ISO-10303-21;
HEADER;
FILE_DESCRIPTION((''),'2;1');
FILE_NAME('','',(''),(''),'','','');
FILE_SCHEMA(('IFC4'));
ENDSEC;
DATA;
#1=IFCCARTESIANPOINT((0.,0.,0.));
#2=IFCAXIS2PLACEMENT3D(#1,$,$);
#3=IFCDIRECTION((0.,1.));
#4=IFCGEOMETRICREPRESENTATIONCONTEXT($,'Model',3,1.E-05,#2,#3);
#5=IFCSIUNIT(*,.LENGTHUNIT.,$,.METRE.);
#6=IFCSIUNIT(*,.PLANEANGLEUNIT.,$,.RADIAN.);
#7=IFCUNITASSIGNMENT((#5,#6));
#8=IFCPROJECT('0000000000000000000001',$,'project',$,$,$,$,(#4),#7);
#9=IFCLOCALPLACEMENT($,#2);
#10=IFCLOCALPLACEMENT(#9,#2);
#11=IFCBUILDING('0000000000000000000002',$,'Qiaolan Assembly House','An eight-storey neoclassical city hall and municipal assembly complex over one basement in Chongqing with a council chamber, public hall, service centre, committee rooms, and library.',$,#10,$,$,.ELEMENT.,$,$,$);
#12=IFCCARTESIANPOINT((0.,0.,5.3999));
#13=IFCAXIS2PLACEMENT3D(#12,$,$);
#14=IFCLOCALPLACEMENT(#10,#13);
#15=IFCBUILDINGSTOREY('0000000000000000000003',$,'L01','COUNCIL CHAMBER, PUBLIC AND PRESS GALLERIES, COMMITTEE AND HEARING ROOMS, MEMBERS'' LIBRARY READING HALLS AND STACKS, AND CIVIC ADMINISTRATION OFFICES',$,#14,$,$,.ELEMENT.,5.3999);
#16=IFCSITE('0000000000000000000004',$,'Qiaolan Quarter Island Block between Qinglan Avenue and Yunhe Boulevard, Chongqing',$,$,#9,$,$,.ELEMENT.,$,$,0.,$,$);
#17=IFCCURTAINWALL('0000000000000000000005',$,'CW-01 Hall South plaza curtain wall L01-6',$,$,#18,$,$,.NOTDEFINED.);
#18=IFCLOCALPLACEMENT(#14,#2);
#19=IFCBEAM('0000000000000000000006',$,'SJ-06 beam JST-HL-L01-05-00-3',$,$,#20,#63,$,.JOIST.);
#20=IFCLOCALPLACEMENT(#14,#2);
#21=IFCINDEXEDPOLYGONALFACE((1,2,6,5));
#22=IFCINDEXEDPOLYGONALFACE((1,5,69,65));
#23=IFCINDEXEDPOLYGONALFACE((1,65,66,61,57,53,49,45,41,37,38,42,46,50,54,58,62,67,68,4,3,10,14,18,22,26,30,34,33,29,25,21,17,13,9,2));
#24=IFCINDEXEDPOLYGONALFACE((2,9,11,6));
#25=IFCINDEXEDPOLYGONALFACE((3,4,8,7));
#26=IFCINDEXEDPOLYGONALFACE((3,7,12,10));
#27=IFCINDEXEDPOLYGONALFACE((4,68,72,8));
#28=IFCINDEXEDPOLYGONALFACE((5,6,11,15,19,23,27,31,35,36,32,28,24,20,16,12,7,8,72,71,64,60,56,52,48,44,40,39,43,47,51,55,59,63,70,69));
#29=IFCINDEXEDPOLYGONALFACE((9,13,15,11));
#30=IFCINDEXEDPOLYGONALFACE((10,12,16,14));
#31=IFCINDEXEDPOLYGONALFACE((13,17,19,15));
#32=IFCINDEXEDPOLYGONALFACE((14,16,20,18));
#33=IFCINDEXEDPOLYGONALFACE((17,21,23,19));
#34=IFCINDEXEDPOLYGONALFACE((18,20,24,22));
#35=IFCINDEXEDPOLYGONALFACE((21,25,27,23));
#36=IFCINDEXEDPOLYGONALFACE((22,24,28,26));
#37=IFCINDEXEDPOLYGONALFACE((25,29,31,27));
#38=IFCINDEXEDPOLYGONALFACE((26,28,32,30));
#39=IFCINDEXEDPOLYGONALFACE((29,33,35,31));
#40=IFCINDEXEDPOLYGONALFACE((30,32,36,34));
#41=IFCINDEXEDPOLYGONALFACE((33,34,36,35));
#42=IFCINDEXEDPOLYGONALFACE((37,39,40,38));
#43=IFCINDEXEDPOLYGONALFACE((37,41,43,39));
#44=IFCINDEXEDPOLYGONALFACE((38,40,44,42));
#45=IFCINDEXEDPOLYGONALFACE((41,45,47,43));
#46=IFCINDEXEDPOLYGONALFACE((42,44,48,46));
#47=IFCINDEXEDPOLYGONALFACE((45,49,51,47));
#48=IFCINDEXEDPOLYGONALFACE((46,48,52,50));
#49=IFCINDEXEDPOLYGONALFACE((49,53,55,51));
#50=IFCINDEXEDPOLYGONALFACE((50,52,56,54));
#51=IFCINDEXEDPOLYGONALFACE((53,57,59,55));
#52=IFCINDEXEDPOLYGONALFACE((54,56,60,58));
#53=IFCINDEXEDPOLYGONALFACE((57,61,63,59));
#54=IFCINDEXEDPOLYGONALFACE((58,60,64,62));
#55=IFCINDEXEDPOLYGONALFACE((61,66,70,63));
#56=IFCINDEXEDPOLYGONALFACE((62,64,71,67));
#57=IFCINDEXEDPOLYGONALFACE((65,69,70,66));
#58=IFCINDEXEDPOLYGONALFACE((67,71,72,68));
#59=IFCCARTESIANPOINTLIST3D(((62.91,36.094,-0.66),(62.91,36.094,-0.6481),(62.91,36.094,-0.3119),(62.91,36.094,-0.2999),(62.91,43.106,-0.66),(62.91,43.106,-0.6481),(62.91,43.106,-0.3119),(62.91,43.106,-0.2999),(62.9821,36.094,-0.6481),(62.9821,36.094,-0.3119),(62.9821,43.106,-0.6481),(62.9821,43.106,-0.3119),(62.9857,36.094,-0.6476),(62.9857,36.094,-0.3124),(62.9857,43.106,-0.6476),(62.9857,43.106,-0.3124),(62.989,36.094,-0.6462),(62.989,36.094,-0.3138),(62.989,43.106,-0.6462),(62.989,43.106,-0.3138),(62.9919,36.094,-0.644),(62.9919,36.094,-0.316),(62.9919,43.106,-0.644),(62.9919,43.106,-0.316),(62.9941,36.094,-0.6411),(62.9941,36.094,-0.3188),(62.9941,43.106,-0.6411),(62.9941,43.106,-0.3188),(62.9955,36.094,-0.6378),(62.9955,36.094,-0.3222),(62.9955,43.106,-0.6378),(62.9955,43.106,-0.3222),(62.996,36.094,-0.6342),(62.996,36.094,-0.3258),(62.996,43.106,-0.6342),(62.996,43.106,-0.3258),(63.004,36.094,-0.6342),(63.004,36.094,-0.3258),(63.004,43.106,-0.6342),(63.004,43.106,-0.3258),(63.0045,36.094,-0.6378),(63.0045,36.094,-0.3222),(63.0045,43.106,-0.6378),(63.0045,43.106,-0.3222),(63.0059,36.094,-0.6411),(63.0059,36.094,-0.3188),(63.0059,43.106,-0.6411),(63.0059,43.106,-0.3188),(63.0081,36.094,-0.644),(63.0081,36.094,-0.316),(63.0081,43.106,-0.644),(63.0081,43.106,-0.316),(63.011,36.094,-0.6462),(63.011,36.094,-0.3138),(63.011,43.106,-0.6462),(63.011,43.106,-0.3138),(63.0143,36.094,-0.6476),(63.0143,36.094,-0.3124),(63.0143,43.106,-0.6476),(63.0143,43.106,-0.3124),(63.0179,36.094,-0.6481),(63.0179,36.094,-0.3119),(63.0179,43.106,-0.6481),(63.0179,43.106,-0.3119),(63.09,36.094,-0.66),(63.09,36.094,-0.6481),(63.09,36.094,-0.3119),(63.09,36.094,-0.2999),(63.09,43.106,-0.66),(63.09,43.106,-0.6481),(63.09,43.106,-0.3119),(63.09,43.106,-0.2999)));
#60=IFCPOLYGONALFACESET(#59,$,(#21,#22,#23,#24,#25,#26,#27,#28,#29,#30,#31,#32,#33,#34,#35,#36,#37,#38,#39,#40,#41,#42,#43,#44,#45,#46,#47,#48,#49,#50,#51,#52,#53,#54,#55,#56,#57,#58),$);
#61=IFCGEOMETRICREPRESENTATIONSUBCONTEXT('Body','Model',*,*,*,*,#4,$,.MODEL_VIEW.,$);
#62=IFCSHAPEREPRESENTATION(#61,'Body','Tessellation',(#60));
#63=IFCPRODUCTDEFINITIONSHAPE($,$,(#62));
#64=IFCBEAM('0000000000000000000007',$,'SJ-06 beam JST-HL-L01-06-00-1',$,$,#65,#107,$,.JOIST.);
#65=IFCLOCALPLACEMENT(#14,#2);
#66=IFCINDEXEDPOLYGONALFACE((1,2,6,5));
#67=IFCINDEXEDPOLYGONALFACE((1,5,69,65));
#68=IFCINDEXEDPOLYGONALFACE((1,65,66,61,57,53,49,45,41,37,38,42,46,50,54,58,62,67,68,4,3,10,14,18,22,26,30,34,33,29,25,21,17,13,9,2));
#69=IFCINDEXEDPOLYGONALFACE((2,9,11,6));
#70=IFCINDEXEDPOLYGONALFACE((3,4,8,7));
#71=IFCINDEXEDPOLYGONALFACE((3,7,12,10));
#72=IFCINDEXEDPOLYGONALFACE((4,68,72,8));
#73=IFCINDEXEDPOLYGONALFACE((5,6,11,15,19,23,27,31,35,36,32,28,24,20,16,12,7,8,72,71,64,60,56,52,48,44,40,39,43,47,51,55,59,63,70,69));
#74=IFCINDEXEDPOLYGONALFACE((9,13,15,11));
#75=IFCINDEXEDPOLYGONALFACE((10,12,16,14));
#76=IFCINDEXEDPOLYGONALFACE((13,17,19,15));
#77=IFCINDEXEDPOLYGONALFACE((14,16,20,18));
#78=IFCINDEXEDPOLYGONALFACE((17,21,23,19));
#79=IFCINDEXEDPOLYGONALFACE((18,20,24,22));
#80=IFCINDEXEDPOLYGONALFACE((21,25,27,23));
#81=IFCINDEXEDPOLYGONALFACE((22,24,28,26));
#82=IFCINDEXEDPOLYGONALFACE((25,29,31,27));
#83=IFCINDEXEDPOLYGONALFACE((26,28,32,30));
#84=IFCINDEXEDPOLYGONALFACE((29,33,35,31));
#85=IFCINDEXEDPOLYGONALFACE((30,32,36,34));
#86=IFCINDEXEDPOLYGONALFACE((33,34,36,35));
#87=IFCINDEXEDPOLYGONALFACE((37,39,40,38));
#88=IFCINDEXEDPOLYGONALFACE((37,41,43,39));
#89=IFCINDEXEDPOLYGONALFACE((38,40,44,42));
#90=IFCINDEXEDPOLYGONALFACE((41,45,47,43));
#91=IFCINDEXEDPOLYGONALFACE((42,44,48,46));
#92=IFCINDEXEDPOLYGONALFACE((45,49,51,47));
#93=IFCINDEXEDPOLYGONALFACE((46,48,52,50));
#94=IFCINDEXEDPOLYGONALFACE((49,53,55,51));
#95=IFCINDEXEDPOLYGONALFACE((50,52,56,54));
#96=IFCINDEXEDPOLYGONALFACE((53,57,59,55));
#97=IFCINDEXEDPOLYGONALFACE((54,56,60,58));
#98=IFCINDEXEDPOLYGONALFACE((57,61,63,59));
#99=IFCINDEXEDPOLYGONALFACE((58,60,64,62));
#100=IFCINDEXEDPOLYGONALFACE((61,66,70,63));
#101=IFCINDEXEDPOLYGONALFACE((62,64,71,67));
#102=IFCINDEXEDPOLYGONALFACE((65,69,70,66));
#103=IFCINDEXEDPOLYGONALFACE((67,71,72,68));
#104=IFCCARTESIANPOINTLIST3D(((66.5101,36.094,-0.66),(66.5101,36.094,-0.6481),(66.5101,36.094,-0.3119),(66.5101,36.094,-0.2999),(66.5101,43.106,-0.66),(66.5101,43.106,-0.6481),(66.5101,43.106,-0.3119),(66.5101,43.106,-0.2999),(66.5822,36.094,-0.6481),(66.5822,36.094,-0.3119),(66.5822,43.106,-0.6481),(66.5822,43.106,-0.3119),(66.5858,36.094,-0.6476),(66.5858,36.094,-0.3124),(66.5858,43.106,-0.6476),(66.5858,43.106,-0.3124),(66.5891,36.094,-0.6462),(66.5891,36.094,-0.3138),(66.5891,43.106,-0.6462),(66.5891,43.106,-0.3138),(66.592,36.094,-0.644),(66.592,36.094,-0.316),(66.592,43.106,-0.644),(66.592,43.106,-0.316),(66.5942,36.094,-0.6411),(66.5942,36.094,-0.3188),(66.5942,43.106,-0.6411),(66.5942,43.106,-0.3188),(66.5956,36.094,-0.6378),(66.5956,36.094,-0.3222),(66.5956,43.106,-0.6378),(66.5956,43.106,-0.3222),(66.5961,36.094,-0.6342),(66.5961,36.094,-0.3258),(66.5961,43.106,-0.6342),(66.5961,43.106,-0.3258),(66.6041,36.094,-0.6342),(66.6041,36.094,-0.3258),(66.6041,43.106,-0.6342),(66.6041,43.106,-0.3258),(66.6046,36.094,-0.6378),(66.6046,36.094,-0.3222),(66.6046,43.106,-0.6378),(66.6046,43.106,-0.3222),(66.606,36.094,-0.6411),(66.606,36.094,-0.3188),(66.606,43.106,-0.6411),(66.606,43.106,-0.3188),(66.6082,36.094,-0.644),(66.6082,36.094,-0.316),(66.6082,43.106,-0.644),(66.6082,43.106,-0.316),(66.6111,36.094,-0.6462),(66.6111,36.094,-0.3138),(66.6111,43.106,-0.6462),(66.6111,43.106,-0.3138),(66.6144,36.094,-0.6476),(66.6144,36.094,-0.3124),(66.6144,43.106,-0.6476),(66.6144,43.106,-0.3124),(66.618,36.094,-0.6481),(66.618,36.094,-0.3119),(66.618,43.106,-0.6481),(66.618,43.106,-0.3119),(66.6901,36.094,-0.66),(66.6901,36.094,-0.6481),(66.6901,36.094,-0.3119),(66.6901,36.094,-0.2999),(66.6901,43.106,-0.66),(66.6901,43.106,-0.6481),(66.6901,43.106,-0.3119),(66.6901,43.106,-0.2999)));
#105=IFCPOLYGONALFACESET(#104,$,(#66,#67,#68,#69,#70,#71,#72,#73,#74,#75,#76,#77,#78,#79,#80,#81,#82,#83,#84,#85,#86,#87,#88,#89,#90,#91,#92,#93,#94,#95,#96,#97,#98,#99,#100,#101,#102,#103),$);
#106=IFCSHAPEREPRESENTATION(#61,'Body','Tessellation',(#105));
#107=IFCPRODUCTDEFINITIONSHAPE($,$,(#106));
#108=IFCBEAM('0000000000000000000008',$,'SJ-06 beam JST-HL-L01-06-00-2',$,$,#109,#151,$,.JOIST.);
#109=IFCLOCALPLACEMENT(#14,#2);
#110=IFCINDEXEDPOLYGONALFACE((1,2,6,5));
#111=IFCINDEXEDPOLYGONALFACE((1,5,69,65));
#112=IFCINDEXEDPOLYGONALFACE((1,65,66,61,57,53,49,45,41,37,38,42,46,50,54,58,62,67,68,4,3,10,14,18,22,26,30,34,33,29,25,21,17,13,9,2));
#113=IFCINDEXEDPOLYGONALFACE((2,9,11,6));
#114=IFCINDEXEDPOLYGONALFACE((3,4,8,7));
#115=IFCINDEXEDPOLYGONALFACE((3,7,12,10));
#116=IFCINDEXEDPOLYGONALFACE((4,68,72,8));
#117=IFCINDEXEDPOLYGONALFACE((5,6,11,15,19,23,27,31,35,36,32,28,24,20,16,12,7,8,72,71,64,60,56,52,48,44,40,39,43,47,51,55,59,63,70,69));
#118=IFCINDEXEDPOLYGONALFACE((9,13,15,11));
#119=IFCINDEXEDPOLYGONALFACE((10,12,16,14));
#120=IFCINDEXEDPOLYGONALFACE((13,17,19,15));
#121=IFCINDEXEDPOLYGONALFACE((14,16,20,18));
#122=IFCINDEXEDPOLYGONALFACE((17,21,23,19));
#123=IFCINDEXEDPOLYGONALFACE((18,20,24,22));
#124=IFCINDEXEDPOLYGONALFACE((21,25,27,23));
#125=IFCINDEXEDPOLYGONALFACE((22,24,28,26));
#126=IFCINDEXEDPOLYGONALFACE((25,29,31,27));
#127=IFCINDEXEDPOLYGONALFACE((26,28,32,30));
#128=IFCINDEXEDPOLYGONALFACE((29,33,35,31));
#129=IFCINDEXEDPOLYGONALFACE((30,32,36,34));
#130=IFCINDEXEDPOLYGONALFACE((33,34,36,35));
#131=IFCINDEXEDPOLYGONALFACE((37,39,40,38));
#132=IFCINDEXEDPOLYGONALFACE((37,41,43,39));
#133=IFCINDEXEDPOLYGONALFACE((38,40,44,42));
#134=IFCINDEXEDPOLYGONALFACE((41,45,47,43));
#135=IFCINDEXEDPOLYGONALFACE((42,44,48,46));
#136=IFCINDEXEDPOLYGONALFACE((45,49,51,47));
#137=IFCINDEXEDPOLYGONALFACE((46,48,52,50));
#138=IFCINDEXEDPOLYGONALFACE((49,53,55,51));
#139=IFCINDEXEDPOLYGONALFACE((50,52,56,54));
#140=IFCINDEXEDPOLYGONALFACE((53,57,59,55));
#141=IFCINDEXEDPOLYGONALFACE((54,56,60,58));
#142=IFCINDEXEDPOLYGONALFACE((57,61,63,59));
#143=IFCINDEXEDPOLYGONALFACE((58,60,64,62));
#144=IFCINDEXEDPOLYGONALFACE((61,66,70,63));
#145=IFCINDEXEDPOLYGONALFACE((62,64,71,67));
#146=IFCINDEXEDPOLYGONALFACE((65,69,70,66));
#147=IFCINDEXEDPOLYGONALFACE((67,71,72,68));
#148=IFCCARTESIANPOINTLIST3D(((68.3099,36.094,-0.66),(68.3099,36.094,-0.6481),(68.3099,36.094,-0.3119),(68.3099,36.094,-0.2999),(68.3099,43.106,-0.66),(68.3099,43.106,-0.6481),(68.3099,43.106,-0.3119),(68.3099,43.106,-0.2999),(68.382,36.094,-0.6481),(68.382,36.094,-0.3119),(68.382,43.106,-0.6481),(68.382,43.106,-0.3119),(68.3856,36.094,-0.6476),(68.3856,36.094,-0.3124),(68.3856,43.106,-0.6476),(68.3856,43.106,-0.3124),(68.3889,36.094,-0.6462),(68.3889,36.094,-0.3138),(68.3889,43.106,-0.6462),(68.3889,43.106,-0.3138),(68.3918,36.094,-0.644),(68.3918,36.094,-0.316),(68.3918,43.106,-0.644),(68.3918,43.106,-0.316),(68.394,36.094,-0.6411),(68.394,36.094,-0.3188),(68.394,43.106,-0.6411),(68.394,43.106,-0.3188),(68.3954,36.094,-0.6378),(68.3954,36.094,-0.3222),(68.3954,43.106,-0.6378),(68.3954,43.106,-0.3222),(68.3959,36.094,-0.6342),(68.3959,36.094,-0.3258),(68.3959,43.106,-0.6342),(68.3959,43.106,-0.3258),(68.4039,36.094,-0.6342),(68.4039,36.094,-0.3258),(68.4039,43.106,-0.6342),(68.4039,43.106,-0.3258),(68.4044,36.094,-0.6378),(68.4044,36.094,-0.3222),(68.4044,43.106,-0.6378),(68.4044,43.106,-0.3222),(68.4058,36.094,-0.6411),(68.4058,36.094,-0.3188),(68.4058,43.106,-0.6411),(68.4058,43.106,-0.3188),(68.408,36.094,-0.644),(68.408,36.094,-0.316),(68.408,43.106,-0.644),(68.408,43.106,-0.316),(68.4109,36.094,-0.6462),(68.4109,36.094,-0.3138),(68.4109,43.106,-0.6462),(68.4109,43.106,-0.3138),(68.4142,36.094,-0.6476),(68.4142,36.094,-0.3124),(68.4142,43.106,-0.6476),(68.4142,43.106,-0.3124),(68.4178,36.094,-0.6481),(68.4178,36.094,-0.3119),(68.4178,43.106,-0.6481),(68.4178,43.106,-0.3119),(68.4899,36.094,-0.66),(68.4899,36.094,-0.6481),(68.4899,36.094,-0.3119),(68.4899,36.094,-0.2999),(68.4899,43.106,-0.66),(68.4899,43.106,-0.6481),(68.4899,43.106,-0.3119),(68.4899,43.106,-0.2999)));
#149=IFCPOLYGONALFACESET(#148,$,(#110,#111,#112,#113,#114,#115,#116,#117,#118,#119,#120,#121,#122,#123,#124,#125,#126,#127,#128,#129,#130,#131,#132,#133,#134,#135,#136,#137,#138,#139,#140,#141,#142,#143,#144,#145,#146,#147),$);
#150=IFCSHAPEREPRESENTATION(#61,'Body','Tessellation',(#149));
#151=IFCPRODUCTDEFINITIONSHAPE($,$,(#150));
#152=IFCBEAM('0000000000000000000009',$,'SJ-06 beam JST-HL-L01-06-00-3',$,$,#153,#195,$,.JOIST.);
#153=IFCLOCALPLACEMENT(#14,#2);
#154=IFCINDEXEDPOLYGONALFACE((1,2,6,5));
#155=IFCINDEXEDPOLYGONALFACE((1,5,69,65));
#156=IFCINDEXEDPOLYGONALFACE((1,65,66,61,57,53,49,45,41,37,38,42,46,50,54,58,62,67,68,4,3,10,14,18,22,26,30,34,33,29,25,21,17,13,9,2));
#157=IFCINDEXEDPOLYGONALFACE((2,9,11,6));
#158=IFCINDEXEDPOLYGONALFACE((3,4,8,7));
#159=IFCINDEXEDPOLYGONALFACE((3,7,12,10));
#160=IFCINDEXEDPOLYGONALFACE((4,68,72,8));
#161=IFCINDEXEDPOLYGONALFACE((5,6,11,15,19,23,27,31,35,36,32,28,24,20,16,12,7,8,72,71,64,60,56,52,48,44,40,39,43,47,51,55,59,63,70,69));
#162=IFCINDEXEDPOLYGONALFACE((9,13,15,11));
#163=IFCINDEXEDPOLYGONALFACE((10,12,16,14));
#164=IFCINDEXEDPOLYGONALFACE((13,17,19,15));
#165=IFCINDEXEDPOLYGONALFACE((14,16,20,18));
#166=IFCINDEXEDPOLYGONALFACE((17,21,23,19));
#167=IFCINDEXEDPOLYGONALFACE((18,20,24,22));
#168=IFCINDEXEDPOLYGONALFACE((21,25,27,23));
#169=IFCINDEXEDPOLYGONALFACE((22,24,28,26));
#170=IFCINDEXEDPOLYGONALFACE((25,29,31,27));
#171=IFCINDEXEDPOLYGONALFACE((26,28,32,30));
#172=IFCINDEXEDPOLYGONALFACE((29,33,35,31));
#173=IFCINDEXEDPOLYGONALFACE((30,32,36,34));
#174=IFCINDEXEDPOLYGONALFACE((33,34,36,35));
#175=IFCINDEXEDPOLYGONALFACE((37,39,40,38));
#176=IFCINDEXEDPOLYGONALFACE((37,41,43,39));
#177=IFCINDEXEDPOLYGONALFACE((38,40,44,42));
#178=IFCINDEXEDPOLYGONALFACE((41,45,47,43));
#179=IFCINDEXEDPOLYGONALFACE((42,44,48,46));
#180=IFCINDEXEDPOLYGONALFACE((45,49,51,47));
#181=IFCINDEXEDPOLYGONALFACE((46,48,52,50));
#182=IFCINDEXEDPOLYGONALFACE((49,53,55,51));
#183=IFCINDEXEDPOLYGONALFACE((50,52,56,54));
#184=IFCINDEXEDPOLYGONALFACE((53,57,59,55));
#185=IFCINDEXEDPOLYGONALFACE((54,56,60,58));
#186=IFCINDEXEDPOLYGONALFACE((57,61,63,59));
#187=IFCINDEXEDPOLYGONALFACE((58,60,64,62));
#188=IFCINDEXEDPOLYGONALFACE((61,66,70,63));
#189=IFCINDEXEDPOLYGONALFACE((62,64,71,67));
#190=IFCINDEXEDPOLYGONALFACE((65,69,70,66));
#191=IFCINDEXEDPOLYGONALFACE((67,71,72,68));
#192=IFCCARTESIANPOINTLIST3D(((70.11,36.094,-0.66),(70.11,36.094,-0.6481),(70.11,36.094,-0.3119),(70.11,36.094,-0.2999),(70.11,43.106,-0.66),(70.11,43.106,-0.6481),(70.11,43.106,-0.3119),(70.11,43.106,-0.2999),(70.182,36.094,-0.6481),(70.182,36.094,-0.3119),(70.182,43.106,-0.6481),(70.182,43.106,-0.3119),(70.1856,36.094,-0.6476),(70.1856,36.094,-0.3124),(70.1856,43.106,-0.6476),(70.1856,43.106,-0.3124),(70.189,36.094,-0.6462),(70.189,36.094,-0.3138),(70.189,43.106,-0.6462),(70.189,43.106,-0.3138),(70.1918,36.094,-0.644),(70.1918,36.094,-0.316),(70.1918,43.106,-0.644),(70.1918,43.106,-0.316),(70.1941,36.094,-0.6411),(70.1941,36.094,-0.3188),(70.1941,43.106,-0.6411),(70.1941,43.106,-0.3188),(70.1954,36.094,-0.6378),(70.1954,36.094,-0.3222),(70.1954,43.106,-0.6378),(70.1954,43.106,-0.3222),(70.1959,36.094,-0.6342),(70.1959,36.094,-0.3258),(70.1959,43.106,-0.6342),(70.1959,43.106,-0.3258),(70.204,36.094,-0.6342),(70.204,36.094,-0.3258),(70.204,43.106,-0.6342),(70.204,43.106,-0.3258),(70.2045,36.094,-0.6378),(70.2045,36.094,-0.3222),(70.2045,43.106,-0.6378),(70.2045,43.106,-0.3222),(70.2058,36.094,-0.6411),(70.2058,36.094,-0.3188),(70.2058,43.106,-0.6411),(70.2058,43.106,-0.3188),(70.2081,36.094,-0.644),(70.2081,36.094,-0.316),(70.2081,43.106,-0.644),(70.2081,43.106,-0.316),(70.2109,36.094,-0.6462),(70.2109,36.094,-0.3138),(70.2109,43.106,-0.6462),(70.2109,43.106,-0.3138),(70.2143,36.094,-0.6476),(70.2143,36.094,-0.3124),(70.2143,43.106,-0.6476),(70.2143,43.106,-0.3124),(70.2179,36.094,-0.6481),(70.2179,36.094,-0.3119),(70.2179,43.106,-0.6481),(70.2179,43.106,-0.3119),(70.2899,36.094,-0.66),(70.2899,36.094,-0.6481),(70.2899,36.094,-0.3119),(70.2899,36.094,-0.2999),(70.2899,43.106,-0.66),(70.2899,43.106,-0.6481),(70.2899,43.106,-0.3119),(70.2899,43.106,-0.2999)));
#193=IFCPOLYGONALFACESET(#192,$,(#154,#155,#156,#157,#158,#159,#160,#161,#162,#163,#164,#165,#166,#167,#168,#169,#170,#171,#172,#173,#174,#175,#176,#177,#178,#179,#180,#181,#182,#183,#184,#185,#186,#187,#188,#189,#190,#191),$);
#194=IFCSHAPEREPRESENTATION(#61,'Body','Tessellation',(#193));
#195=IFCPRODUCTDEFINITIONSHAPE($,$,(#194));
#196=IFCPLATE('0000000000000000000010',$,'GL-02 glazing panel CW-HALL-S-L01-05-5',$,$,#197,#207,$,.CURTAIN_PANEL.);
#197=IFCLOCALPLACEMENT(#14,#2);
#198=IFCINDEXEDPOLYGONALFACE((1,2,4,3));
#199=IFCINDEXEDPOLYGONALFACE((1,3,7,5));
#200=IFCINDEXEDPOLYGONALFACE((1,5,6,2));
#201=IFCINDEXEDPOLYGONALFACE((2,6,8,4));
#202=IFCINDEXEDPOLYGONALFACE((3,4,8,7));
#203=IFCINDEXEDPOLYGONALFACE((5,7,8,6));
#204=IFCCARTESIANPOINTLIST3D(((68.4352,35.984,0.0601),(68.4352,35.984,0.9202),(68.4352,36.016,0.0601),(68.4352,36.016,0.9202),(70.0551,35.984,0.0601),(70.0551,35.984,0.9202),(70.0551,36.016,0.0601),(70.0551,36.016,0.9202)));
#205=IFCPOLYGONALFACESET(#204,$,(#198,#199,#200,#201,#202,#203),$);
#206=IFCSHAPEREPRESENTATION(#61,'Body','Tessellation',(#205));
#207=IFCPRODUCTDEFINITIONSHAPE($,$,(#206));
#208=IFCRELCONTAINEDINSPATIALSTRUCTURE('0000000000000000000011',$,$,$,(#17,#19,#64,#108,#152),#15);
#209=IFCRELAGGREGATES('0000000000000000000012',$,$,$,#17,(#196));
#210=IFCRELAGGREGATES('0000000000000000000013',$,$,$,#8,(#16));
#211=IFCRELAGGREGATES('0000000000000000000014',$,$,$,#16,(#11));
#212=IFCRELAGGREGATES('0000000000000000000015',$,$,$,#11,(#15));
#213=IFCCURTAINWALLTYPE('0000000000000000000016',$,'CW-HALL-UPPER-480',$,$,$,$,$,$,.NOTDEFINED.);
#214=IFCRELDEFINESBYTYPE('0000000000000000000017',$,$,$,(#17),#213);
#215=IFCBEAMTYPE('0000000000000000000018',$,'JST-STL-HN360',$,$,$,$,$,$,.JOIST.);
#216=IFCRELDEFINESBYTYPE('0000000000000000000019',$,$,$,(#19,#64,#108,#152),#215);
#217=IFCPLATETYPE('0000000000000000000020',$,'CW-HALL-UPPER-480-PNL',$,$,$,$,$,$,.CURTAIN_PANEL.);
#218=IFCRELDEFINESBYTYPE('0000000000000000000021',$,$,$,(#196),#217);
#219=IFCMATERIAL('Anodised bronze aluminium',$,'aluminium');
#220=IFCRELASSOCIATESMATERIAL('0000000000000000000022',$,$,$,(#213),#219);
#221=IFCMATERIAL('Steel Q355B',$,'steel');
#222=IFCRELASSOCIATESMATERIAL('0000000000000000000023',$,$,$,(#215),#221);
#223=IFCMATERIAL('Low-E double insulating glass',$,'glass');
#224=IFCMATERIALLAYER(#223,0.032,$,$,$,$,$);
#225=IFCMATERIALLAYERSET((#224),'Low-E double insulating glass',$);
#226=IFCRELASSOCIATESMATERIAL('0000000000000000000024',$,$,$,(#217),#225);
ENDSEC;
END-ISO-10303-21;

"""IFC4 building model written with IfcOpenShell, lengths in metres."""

from ifc_helpers import new_model, si_unit, direction, frame, frame_2d, origin, origin_2d, place, context, subcontext, project, spatial, rectangle, i_section, extrude, material, layer, layer_set, material_profile, profile_set, type_object, element, aggregate, save


model = new_model("IFC4")

# Units and contexts
model_context = context("Model", 3, precision=1e-05, world=origin(), true_north=direction((0.0, 1.0)))
body_context = subcontext(model_context, "Body", "Model", "MODEL_VIEW")
ifc_project = project(units=[si_unit("LENGTHUNIT", "METRE"), si_unit("PLANEANGLEUNIT", "RADIAN")], contexts=[model_context])

# Site, building, storey
site_placement = place(None, origin())
site = spatial("IfcSite", under=ifc_project, at=site_placement, Name="Qiaolan Quarter Island Block between Qinglan Avenue and Yunhe Boulevard, Chongqing", CompositionType="ELEMENT", RefElevation=0.0)
building_placement = place(site_placement, origin())
building = spatial("IfcBuilding", under=site, at=building_placement, Name="Qiaolan Assembly House", Description="An eight-storey neoclassical city hall and municipal assembly complex over one basement in Chongqing with a council chamber, public hall, service centre, committee rooms, and library.", CompositionType="ELEMENT")
storey_placement = place(building_placement, frame((0.0, 0.0, 5.3999)))
storey = spatial("IfcBuildingStorey", under=building, at=storey_placement, Name="L01", Description="COUNCIL CHAMBER, PUBLIC AND PRESS GALLERIES, COMMITTEE AND HEARING ROOMS, MEMBERS' LIBRARY READING HALLS AND STACKS, AND CIVIC ADMINISTRATION OFFICES", CompositionType="ELEMENT", Elevation=5.3999)

# Shared definitions
ifc_material_1 = material(Name="Steel Q355B", Category="steel")

# Curtain wall
ifc_material_2 = material(Name="Anodised bronze aluminium", Category="aluminium")
curtain_wall_type = type_object("IfcCurtainWallType", Name="CW-HALL-UPPER-480", PredefinedType="NOTDEFINED", material=ifc_material_2)
curtain_wall_placement = place(storey_placement, origin())
curtain_wall = element("IfcCurtainWall", 1, at=curtain_wall_placement, inside=storey, type_object=curtain_wall_type, Name="CW-01 Hall South plaza curtain wall L01-6", PredefinedType="NOTDEFINED")

# Beams
ifc_material_profile_1 = material_profile(ifc_material_1, i_section(OverallWidth=0.1799, OverallDepth=0.3601, WebThickness=0.0081, FlangeThickness=0.012, FilletRadius=0.0139, at=origin_2d()), Name="HN 360x180x8x12")
ifc_profile_set_1 = profile_set([ifc_material_profile_1], Name="Steel Q355B")
beam_type_1 = type_object("IfcBeamType", Name="JST-STL-HN360", PredefinedType="JOIST", material=ifc_profile_set_1)
for number, where, z_axis, x_axis, name in (
    (2, (63.0, 36.094, -0.48), (0.0, 1.0, 0.0), (-1.0, 0.0, 0.0), "SJ-06 beam JST-HL-L01-05-00-3"),
    (3, (66.6001, 36.094, -0.48), (0.0, 1.0, 0.0), (-1.0, 0.0, 0.0), "SJ-06 beam JST-HL-L01-06-00-1"),
    (4, (68.3999, 36.094, -0.48), (0.0, 1.0, 0.0), (-1.0, 0.0, 0.0), "SJ-06 beam JST-HL-L01-06-00-2"),
    (5, (70.2, 36.094, -0.48), (0.0, 1.0, 0.0), (-1.0, 0.0, 0.0), "SJ-06 beam JST-HL-L01-06-00-3"),
):
    element("IfcBeam", number, at=place(storey_placement, frame(where, z_axis=z_axis, x_axis=x_axis)), inside=storey, type_object=beam_type_1, Name=name, PredefinedType="JOIST", context=body_context, shape_type="SweptSolid", body=[
        extrude(i_section(OverallWidth=0.1799, OverallDepth=0.3601, WebThickness=0.0081, FlangeThickness=0.012, FilletRadius=0.0139, at=origin_2d()), origin(), (0.0, 0.0, 1.0), 7.012),
    ])

# Plate
ifc_material_3 = material(Name="Low-E double insulating glass", Category="glass")
ifc_layer_1 = layer(ifc_material_3, 0.032)
ifc_layer_set_1 = layer_set([ifc_layer_1], Name="Low-E double insulating glass")
plate_type_1 = type_object("IfcPlateType", Name="CW-HALL-UPPER-480-PNL", PredefinedType="CURTAIN_PANEL", material=ifc_layer_set_1)
plate_1_placement = place(storey_placement, frame((68.4351, 36.0, 0.0601), z_axis=(0.0, 0.0, 1.0), x_axis=(1.0, 0.0, 0.0)))
plate_1 = element("IfcPlate", 6, at=plate_1_placement, type_object=plate_type_1, Name="GL-02 glazing panel CW-HALL-S-L01-05-5", PredefinedType="CURTAIN_PANEL", context=body_context, shape_type="SweptSolid", body=[
    extrude(rectangle(XDim=1.6199, YDim=0.032, at=frame_2d((0.8101, 0.0))), origin(), (0.0, 0.0, 1.0), 0.8601),
])
aggregate(curtain_wall, [plate_1])

save(model, "model.ifc")
